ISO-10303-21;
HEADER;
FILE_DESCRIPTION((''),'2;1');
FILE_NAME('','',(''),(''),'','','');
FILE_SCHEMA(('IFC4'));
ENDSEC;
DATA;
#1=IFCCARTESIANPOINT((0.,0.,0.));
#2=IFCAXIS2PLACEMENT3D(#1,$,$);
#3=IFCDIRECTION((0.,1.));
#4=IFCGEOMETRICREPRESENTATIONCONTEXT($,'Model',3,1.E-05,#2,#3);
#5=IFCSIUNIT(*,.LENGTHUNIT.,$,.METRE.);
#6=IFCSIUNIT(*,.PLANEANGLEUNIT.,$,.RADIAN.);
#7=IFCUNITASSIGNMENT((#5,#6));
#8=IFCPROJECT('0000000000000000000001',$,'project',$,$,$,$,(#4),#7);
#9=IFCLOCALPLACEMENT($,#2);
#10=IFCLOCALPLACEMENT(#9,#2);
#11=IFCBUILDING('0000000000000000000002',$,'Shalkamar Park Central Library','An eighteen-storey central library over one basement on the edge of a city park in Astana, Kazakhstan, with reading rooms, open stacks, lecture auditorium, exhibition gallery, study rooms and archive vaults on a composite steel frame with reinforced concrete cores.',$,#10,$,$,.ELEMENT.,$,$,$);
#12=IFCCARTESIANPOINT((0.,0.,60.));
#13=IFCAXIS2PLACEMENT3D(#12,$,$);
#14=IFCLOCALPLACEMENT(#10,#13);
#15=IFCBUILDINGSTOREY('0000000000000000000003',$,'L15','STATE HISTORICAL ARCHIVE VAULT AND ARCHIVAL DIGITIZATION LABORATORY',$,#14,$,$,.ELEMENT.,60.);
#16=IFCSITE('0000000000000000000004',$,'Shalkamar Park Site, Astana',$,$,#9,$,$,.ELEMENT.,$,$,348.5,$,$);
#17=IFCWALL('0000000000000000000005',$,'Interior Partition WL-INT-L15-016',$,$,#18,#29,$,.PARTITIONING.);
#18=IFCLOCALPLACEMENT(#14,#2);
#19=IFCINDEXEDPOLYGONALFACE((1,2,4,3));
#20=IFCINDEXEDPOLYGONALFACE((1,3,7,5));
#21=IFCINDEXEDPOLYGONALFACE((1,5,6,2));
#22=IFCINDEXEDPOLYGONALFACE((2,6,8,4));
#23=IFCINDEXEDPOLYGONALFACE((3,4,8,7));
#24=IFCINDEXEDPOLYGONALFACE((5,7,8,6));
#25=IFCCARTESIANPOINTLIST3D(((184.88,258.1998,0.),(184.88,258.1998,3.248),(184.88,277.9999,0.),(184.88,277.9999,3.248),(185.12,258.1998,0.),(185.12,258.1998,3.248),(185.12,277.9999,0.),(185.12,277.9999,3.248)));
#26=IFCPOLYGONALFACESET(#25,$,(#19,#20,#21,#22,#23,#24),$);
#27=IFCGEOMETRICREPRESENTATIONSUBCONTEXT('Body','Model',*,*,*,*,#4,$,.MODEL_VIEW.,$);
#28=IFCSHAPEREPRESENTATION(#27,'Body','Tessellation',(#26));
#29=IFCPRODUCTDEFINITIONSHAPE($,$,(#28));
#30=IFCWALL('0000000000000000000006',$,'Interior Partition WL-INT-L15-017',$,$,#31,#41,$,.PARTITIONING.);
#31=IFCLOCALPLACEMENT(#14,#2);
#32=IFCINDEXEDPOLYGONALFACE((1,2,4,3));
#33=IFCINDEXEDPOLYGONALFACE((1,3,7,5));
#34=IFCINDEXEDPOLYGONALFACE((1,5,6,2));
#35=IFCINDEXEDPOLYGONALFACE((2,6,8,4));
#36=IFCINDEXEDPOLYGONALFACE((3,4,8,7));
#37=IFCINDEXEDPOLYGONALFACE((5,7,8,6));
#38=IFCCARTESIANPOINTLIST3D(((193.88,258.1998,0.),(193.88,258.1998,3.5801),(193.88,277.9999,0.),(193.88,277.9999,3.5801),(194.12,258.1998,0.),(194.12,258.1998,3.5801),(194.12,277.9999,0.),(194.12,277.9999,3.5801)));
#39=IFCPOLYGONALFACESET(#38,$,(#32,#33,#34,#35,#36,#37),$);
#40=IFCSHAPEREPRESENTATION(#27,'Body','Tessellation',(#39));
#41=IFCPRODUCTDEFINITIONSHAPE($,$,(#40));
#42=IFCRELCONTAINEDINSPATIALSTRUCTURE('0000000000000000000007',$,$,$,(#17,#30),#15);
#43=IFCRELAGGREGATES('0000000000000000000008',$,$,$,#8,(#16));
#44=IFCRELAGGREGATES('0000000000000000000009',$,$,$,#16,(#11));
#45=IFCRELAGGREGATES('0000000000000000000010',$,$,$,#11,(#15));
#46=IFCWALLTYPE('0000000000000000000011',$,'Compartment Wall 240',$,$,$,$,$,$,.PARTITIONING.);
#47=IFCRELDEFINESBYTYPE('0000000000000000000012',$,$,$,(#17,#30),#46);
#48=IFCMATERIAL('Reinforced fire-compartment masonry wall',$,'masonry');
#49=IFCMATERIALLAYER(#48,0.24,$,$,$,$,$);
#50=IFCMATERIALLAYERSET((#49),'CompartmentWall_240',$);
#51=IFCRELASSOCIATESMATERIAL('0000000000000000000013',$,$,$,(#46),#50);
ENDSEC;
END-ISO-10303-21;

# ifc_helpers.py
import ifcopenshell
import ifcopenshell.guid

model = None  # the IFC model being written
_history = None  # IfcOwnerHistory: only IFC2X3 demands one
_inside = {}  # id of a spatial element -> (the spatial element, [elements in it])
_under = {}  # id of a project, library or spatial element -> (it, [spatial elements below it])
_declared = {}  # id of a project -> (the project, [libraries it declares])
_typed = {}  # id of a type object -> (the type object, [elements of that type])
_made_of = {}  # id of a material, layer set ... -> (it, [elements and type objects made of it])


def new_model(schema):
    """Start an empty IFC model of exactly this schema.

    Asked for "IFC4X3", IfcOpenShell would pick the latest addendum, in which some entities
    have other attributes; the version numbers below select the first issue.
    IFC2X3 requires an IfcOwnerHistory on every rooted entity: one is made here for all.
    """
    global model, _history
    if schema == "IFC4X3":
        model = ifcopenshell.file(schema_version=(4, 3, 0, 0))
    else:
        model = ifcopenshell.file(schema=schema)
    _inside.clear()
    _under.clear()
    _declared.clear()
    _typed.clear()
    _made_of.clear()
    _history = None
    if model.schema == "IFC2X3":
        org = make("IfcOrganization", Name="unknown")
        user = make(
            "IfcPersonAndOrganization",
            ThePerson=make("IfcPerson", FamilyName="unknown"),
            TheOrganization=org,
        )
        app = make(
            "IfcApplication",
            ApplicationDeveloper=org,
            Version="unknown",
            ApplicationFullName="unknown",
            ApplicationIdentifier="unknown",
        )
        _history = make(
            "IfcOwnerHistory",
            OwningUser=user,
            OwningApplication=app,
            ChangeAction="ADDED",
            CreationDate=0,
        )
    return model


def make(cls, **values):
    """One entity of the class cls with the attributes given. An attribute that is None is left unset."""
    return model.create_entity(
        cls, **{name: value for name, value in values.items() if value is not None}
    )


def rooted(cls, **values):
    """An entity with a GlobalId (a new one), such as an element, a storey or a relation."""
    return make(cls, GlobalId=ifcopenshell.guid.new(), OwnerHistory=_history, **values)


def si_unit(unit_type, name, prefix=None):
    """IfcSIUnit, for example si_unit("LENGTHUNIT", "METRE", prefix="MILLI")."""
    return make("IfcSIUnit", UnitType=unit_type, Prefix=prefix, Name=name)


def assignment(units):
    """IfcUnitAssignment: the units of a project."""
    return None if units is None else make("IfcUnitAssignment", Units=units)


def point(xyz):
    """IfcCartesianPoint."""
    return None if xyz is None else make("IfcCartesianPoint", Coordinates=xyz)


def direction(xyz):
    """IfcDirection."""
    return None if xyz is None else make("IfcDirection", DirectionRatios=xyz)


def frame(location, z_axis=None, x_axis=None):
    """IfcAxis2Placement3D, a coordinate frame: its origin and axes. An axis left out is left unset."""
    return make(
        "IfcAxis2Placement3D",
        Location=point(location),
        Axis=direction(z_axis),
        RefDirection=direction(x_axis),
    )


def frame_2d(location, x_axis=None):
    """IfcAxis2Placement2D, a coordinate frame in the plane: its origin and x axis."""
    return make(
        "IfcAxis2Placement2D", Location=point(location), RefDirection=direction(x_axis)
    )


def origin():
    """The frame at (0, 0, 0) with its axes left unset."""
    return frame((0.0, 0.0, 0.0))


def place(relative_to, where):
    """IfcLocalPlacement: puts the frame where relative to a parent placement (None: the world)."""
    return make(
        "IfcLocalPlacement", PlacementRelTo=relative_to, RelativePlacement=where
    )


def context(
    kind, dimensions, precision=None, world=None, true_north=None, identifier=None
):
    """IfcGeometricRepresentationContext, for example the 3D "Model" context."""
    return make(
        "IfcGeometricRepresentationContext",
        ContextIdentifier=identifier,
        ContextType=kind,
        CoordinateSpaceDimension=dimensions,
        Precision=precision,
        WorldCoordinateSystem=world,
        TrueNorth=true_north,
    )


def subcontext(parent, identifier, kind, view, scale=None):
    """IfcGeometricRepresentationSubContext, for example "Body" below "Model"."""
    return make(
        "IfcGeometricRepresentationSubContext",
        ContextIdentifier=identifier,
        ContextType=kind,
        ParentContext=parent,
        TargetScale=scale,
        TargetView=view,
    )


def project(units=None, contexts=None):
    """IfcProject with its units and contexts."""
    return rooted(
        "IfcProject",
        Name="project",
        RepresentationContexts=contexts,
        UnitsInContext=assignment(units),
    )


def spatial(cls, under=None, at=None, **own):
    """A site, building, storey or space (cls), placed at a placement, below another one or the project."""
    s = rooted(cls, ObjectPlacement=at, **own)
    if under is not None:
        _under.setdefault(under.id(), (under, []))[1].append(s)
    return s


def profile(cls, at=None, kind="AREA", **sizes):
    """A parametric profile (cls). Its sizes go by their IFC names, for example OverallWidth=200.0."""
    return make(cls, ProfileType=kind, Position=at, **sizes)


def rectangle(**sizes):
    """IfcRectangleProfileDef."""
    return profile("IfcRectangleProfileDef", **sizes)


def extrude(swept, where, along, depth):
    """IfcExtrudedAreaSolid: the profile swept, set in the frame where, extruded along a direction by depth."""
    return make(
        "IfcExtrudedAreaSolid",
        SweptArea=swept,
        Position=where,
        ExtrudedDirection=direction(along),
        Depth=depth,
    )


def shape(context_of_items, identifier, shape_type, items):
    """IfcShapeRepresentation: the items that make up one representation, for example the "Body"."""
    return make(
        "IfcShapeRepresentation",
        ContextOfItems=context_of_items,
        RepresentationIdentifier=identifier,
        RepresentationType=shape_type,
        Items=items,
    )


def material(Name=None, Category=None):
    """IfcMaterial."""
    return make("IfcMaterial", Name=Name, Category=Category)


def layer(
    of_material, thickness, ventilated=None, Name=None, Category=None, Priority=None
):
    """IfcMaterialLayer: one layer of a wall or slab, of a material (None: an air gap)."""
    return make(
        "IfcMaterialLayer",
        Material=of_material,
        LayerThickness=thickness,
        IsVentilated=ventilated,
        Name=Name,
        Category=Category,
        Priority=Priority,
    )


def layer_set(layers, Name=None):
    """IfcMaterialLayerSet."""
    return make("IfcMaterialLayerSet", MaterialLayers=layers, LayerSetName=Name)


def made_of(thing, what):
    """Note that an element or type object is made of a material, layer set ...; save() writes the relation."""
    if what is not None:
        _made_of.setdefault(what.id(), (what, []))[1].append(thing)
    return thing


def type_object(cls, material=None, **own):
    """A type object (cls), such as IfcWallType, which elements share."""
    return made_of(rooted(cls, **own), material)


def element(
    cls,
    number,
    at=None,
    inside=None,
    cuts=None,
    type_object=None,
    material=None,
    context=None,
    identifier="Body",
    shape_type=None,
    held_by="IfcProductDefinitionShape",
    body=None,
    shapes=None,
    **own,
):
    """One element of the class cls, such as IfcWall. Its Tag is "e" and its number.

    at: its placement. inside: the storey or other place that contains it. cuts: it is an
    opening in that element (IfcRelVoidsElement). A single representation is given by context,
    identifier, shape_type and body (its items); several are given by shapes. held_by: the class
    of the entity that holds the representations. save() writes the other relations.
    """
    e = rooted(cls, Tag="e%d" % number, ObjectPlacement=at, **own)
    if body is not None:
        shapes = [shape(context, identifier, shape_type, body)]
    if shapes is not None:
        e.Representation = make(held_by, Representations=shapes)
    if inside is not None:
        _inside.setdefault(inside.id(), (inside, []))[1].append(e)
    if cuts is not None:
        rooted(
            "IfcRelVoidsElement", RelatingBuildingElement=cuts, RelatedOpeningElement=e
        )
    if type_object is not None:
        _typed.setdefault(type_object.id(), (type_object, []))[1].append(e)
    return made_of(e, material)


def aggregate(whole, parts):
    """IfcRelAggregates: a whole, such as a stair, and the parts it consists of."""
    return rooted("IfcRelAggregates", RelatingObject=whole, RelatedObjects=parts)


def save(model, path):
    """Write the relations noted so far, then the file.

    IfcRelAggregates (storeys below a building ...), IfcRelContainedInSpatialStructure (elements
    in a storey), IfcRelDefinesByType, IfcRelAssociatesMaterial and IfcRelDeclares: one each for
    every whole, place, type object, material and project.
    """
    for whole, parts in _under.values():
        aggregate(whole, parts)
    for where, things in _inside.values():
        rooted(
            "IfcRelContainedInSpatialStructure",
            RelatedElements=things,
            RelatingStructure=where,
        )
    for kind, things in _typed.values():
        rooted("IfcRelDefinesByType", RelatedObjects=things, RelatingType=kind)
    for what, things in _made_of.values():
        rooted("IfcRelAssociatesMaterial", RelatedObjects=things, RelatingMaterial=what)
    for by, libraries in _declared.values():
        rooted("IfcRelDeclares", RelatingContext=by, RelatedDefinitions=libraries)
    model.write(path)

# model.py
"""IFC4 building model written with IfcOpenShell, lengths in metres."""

from ifc_helpers import new_model, si_unit, direction, frame, frame_2d, origin, place, context, subcontext, project, spatial, rectangle, extrude, material, layer, layer_set, type_object, element, save


model = new_model("IFC4")

# Units and contexts
model_context = context("Model", 3, precision=1e-05, world=origin(), true_north=direction((0.0, 1.0)))
body_context = subcontext(model_context, "Body", "Model", "MODEL_VIEW")
ifc_project = project(units=[si_unit("LENGTHUNIT", "METRE"), si_unit("PLANEANGLEUNIT", "RADIAN")], contexts=[model_context])

# Site, building, storey
site_placement = place(None, origin())
site = spatial("IfcSite", under=ifc_project, at=site_placement, Name="Shalkamar Park Site, Astana", CompositionType="ELEMENT", RefElevation=348.5)
building_placement = place(site_placement, origin())
building = spatial("IfcBuilding", under=site, at=building_placement, Name="Shalkamar Park Central Library", Description="An eighteen-storey central library over one basement on the edge of a city park in Astana, Kazakhstan, with reading rooms, open stacks, lecture auditorium, exhibition gallery, study rooms and archive vaults on a composite steel frame with reinforced concrete cores.", CompositionType="ELEMENT")
storey_placement = place(building_placement, frame((0.0, 0.0, 60.0)))
storey = spatial("IfcBuildingStorey", under=building, at=storey_placement, Name="L15", Description="STATE HISTORICAL ARCHIVE VAULT AND ARCHIVAL DIGITIZATION LABORATORY", CompositionType="ELEMENT", Elevation=60.0)

# Walls
ifc_material_1 = material(Name="Reinforced fire-compartment masonry wall", Category="masonry")
ifc_layer_1 = layer(ifc_material_1, 0.24)
ifc_layer_set_1 = layer_set([ifc_layer_1], Name="CompartmentWall_240")
wall_type_1 = type_object("IfcWallType", Name="Compartment Wall 240", PredefinedType="PARTITIONING", material=ifc_layer_set_1)
wall_1_placement = place(storey_placement, frame((185.0, 258.2, 0.0), z_axis=(0.0, 0.0, 1.0), x_axis=(0.0, 1.0, 0.0)))
element("IfcWall", 1, at=wall_1_placement, inside=storey, type_object=wall_type_1, Name="Interior Partition WL-INT-L15-016", PredefinedType="PARTITIONING", context=body_context, shape_type="SweptSolid", body=[
    extrude(rectangle(XDim=19.8, YDim=0.24, at=frame_2d((9.8999, 0.0))), origin(), (0.0, 0.0, 1.0), 3.248),
])
wall_2_placement = place(storey_placement, frame((194.0, 258.2, 0.0), z_axis=(0.0, 0.0, 1.0), x_axis=(0.0, 1.0, 0.0)))
element("IfcWall", 2, at=wall_2_placement, inside=storey, type_object=wall_type_1, Name="Interior Partition WL-INT-L15-017", PredefinedType="PARTITIONING", context=body_context, shape_type="SweptSolid", body=[
    extrude(rectangle(XDim=19.8, YDim=0.24, at=frame_2d((9.8999, 0.0))), origin(), (0.0, 0.0, 1.0), 3.5801),
])

save(model, "model.ifc")
